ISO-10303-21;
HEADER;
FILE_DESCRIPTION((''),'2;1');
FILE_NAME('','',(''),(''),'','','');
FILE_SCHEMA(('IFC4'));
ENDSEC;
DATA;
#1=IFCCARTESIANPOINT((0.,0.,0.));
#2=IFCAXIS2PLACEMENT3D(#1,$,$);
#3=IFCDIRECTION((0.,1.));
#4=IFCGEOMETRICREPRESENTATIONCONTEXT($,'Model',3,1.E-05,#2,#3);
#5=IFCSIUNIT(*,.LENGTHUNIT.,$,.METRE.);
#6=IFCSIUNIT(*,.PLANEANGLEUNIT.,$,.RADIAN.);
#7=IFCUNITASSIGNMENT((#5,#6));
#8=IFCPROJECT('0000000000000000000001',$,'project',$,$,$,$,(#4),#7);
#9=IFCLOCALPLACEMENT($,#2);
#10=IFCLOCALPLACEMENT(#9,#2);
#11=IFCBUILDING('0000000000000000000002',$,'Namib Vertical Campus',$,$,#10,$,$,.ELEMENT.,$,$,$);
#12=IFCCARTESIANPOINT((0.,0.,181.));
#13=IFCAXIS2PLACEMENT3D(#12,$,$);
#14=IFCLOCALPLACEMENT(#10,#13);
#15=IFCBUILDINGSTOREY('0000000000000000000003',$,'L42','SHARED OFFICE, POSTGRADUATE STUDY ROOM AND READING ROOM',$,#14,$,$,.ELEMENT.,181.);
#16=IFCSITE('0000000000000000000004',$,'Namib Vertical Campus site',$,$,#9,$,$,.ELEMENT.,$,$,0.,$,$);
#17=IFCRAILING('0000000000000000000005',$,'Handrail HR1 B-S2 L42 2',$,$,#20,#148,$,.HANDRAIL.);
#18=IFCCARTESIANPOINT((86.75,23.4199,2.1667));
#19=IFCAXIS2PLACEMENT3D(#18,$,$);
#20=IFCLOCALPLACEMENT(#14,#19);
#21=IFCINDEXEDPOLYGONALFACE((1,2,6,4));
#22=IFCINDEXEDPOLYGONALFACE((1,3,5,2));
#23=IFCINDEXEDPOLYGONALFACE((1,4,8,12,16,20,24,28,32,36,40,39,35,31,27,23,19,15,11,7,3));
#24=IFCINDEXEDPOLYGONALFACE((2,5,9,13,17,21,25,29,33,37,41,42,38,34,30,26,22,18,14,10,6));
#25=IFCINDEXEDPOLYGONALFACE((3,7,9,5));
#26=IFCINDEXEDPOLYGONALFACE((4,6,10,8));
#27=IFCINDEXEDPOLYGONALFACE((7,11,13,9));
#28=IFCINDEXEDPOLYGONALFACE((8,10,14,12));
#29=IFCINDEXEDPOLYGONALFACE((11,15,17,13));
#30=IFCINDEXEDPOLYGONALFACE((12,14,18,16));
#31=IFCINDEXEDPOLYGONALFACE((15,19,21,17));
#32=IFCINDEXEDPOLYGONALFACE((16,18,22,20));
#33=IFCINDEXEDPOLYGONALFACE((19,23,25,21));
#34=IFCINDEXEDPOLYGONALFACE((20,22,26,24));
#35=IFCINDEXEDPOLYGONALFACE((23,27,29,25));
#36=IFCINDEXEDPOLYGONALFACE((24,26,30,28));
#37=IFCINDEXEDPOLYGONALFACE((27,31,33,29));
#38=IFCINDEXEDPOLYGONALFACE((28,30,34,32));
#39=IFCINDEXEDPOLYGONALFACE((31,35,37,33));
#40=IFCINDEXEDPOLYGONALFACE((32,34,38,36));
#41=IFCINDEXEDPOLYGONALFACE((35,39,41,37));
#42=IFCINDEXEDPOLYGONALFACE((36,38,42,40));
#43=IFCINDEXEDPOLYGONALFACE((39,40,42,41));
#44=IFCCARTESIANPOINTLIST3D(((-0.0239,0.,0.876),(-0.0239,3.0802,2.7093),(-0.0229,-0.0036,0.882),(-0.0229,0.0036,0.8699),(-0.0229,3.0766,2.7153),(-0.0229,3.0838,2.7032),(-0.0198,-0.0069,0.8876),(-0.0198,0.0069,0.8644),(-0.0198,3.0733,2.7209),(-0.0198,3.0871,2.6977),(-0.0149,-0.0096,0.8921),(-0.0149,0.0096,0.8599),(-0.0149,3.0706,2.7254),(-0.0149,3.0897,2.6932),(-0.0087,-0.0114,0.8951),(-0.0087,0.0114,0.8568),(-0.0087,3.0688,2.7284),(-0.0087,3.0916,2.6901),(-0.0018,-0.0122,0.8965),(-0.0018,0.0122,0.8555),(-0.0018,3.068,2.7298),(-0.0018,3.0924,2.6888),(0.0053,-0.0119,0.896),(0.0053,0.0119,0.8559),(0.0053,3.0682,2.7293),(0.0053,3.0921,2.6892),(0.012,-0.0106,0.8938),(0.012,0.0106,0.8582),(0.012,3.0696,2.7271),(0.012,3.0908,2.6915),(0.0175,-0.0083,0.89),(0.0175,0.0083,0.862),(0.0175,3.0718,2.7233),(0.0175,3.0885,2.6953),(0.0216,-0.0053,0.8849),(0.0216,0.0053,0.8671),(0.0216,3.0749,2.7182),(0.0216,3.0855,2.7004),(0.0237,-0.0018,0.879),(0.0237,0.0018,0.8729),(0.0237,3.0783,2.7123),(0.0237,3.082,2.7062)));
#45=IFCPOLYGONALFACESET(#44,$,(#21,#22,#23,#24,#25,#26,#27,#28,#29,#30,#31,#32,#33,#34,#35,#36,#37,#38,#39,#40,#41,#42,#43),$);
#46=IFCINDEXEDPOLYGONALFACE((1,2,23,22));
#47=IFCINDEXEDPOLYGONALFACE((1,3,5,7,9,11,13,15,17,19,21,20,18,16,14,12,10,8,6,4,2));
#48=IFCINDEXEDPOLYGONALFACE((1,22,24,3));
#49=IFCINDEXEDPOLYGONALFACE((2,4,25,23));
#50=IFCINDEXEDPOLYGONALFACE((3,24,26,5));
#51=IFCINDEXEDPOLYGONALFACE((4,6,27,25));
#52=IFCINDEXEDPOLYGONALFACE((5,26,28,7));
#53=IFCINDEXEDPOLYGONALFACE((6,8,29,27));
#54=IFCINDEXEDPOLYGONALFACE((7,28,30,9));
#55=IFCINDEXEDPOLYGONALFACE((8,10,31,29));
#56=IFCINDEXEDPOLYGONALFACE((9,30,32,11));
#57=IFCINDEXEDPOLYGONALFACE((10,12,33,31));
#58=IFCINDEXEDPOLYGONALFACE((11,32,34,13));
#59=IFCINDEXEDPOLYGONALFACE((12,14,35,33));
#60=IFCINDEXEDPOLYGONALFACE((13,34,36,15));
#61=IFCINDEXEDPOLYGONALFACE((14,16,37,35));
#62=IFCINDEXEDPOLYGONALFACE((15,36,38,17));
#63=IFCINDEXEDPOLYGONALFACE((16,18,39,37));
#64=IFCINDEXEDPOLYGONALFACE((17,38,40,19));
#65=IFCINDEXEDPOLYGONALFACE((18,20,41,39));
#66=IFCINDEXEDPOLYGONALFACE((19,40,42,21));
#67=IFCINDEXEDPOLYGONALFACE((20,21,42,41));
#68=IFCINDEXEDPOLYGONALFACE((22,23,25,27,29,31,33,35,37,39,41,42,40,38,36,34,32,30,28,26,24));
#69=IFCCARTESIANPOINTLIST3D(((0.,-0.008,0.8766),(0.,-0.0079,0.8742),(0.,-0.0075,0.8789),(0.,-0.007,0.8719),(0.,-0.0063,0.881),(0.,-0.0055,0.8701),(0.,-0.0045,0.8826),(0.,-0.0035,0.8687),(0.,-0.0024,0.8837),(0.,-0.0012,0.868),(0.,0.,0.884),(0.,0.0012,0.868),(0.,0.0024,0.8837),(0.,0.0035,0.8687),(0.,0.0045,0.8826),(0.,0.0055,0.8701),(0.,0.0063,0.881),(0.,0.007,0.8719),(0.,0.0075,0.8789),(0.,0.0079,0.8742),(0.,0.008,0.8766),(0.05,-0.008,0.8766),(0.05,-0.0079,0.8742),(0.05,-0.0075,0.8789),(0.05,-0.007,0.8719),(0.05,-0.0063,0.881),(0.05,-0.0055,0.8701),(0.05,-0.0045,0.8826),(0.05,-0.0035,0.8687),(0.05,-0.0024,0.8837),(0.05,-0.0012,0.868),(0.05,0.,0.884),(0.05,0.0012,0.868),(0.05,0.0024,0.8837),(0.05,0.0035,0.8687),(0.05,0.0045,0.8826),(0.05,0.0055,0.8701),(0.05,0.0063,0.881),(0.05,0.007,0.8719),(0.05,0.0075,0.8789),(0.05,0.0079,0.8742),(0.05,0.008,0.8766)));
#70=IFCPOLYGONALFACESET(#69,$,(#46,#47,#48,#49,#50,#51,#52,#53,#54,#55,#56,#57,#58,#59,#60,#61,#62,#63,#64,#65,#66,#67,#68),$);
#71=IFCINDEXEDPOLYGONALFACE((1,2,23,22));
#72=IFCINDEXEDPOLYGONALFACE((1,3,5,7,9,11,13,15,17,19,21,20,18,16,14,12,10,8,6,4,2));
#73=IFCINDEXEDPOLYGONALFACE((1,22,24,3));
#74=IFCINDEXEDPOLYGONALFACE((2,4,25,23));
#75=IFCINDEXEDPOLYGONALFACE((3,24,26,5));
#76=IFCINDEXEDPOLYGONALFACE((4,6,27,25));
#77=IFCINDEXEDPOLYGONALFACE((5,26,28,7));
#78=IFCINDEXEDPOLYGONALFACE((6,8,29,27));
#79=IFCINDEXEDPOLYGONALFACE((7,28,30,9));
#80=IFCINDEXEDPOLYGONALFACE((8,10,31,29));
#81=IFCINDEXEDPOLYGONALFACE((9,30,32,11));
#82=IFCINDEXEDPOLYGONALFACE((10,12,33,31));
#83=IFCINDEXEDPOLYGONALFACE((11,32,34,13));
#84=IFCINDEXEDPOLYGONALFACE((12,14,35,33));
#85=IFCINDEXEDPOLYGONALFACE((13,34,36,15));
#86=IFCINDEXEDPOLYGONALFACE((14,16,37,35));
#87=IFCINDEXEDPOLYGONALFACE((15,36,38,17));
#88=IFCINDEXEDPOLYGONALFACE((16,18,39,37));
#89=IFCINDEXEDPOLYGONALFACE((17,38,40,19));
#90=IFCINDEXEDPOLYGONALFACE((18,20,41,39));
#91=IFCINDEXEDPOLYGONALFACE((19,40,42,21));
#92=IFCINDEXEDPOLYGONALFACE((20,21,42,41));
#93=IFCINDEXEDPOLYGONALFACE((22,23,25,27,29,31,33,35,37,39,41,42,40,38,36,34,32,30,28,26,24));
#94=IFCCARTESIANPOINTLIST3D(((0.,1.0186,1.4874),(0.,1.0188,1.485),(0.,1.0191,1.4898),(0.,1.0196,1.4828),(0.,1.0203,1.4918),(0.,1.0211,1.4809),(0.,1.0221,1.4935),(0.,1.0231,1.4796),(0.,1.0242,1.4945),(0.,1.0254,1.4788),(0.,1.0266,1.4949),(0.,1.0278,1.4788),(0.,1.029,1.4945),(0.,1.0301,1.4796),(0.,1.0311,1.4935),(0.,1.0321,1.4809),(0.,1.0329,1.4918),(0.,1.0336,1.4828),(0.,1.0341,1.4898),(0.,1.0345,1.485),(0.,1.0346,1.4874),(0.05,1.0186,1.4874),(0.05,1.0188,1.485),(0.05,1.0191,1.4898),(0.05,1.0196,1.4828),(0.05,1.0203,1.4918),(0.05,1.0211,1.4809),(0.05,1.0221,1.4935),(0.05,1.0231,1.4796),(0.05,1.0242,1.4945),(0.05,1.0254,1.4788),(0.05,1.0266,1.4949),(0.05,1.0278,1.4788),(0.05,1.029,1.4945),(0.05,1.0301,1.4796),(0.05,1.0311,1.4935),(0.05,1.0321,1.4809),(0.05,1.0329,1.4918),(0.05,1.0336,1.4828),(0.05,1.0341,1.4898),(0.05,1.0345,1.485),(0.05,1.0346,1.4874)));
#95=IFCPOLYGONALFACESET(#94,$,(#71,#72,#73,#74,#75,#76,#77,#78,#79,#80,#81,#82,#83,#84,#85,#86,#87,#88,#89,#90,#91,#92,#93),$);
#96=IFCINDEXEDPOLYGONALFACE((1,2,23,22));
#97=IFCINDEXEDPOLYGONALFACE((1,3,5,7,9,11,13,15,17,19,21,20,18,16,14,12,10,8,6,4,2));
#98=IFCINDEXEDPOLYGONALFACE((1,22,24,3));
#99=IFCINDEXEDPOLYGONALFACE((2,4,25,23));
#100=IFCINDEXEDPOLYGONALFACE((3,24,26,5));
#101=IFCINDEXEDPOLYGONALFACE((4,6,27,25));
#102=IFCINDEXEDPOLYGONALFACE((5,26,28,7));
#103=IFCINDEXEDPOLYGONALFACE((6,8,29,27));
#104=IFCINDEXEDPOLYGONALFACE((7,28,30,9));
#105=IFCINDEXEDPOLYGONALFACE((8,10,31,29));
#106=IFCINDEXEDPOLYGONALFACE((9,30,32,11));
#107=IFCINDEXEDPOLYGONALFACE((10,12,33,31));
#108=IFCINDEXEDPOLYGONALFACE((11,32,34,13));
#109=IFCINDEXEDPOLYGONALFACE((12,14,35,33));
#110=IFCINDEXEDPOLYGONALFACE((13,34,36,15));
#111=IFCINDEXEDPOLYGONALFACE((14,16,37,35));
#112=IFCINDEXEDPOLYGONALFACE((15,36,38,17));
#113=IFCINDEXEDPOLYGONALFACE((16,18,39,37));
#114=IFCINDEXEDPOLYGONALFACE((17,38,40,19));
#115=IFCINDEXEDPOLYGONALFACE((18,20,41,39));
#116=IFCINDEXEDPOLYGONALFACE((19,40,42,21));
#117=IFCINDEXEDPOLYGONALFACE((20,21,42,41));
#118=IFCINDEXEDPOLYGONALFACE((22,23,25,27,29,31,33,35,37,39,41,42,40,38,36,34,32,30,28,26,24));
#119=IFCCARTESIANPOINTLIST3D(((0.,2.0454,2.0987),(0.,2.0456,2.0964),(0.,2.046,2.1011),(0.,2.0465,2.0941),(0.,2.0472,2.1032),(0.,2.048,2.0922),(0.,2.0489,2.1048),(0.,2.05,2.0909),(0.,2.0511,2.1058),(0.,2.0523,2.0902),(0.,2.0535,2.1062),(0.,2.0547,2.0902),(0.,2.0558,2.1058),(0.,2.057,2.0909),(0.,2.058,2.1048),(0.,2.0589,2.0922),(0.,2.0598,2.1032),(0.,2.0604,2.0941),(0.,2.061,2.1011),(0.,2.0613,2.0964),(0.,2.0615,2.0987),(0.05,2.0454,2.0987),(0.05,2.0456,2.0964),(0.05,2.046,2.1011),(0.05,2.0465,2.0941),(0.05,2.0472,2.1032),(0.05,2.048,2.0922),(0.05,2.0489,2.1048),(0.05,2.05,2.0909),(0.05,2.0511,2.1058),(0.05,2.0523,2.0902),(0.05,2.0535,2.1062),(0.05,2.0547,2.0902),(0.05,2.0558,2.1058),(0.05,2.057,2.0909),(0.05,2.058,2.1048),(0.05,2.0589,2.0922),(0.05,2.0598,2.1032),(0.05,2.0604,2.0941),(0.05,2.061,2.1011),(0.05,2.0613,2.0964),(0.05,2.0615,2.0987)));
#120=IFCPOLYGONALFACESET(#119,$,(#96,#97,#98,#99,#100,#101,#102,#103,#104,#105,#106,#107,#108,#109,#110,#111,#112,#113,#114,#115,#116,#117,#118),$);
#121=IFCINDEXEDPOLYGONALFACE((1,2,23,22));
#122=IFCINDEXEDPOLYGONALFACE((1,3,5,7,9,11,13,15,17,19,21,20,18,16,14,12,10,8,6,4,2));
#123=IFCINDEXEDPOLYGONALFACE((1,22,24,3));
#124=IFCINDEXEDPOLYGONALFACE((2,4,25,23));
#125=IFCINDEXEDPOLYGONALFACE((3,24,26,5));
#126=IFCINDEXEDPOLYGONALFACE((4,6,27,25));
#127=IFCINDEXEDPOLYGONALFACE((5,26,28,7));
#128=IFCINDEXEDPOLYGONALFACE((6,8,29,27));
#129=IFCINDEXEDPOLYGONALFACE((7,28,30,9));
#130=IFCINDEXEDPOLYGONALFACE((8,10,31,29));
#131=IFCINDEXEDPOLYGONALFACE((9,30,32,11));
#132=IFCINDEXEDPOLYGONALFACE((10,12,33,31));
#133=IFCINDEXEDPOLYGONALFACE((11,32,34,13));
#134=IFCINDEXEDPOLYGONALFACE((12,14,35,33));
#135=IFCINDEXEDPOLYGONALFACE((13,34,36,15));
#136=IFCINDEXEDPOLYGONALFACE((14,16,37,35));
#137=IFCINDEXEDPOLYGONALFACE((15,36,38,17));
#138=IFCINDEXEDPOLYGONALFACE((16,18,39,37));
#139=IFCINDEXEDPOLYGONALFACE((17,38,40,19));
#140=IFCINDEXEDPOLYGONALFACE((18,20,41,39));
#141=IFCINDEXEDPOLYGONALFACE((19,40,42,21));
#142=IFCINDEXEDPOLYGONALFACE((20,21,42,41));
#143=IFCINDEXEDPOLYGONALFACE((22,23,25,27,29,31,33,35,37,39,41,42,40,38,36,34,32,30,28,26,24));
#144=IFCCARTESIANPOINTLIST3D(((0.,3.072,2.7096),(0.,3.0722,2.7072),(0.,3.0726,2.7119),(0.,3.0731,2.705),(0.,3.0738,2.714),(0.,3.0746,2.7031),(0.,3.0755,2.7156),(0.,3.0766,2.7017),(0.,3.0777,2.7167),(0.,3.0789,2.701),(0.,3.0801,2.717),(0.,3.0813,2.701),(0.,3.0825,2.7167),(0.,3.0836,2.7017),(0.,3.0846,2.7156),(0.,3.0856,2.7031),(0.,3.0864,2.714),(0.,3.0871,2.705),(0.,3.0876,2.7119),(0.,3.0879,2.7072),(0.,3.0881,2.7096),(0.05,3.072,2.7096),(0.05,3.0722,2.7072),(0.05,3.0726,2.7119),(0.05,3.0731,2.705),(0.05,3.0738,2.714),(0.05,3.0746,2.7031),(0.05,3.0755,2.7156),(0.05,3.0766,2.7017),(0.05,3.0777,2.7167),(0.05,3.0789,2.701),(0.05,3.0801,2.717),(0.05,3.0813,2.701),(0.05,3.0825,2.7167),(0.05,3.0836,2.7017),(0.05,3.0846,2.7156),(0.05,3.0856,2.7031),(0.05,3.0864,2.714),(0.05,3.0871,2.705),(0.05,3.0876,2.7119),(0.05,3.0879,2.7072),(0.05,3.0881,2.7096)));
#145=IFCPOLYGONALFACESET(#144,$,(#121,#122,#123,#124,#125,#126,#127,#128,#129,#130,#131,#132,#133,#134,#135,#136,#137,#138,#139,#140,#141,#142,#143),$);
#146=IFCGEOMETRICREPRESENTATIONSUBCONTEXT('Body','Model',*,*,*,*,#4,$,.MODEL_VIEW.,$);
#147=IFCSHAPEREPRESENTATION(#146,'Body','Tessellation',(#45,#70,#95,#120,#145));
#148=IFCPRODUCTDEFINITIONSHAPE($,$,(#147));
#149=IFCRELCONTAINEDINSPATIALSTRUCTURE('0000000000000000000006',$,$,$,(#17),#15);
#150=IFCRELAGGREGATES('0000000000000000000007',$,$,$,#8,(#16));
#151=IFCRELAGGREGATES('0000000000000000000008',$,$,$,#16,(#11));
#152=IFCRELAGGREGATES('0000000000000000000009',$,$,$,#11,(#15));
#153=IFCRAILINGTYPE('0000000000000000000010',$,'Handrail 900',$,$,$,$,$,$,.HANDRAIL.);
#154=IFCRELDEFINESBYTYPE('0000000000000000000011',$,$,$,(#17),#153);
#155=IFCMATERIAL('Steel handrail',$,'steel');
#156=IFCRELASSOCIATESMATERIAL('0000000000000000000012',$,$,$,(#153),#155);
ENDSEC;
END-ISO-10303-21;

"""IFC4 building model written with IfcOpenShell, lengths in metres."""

from ifc_helpers import new_model, si_unit, direction, frame, origin, origin_2d, place, context, subcontext, project, spatial, circle, extrude, material, type_object, element, save


model = new_model("IFC4")

# Units and contexts
model_context = context("Model", 3, precision=1e-05, world=origin(), true_north=direction((0.0, 1.0)))
body_context = subcontext(model_context, "Body", "Model", "MODEL_VIEW")
ifc_project = project(units=[si_unit("LENGTHUNIT", "METRE"), si_unit("PLANEANGLEUNIT", "RADIAN")], contexts=[model_context])

# Site, building, storey
site_placement = place(None, origin())
site = spatial("IfcSite", under=ifc_project, at=site_placement, Name="Namib Vertical Campus site", CompositionType="ELEMENT", RefElevation=0.0)
building_placement = place(site_placement, origin())
building = spatial("IfcBuilding", under=site, at=building_placement, Name="Namib Vertical Campus", CompositionType="ELEMENT")
storey_placement = place(building_placement, frame((0.0, 0.0, 181.0)))
storey = spatial("IfcBuildingStorey", under=building, at=storey_placement, Name="L42", Description="SHARED OFFICE, POSTGRADUATE STUDY ROOM AND READING ROOM", CompositionType="ELEMENT", Elevation=181.0)

# Railing
ifc_material_1 = material(Name="Steel handrail", Category="steel")
railing_type = type_object("IfcRailingType", Name="Handrail 900", PredefinedType="HANDRAIL", material=ifc_material_1)
railing_placement = place(storey_placement, frame((86.75, 23.4199, 2.1667)))
element("IfcRailing", 1, at=railing_placement, inside=storey, type_object=railing_type, Name="Handrail HR1 B-S2 L42 2", PredefinedType="HANDRAIL", context=body_context, shape_type="SweptSolid", body=[
    extrude(circle(Radius=0.0239, at=origin_2d()), frame((0.0, 0.0, 0.876), z_axis=(0.0, 0.859309, 0.511458), x_axis=(-1.0, 0.0, 0.0)), (0.0, 0.0, 1.0), 3.5845),
    extrude(circle(Radius=0.0081, at=origin_2d()), frame((0.0, 0.0, 0.876), z_axis=(1.0, 0.0, 0.0), x_axis=(0.0, 0.0, 1.0)), (0.0, 0.0, 1.0), 0.05),
    extrude(circle(Radius=0.0081, at=origin_2d()), frame((0.0, 1.0266, 1.4868), z_axis=(1.0, 0.0, 0.0), x_axis=(0.0, 0.0, 1.0)), (0.0, 0.0, 1.0), 0.05),
    extrude(circle(Radius=0.0081, at=origin_2d()), frame((0.0, 2.0535, 2.0981), z_axis=(1.0, 0.0, 0.0), x_axis=(0.0, 0.0, 1.0)), (0.0, 0.0, 1.0), 0.05),
    extrude(circle(Radius=0.0081, at=origin_2d()), frame((0.0, 3.0801, 2.709), z_axis=(1.0, 0.0, 0.0), x_axis=(0.0, 0.0, 1.0)), (0.0, 0.0, 1.0), 0.05),
])

save(model, "model.ifc")
